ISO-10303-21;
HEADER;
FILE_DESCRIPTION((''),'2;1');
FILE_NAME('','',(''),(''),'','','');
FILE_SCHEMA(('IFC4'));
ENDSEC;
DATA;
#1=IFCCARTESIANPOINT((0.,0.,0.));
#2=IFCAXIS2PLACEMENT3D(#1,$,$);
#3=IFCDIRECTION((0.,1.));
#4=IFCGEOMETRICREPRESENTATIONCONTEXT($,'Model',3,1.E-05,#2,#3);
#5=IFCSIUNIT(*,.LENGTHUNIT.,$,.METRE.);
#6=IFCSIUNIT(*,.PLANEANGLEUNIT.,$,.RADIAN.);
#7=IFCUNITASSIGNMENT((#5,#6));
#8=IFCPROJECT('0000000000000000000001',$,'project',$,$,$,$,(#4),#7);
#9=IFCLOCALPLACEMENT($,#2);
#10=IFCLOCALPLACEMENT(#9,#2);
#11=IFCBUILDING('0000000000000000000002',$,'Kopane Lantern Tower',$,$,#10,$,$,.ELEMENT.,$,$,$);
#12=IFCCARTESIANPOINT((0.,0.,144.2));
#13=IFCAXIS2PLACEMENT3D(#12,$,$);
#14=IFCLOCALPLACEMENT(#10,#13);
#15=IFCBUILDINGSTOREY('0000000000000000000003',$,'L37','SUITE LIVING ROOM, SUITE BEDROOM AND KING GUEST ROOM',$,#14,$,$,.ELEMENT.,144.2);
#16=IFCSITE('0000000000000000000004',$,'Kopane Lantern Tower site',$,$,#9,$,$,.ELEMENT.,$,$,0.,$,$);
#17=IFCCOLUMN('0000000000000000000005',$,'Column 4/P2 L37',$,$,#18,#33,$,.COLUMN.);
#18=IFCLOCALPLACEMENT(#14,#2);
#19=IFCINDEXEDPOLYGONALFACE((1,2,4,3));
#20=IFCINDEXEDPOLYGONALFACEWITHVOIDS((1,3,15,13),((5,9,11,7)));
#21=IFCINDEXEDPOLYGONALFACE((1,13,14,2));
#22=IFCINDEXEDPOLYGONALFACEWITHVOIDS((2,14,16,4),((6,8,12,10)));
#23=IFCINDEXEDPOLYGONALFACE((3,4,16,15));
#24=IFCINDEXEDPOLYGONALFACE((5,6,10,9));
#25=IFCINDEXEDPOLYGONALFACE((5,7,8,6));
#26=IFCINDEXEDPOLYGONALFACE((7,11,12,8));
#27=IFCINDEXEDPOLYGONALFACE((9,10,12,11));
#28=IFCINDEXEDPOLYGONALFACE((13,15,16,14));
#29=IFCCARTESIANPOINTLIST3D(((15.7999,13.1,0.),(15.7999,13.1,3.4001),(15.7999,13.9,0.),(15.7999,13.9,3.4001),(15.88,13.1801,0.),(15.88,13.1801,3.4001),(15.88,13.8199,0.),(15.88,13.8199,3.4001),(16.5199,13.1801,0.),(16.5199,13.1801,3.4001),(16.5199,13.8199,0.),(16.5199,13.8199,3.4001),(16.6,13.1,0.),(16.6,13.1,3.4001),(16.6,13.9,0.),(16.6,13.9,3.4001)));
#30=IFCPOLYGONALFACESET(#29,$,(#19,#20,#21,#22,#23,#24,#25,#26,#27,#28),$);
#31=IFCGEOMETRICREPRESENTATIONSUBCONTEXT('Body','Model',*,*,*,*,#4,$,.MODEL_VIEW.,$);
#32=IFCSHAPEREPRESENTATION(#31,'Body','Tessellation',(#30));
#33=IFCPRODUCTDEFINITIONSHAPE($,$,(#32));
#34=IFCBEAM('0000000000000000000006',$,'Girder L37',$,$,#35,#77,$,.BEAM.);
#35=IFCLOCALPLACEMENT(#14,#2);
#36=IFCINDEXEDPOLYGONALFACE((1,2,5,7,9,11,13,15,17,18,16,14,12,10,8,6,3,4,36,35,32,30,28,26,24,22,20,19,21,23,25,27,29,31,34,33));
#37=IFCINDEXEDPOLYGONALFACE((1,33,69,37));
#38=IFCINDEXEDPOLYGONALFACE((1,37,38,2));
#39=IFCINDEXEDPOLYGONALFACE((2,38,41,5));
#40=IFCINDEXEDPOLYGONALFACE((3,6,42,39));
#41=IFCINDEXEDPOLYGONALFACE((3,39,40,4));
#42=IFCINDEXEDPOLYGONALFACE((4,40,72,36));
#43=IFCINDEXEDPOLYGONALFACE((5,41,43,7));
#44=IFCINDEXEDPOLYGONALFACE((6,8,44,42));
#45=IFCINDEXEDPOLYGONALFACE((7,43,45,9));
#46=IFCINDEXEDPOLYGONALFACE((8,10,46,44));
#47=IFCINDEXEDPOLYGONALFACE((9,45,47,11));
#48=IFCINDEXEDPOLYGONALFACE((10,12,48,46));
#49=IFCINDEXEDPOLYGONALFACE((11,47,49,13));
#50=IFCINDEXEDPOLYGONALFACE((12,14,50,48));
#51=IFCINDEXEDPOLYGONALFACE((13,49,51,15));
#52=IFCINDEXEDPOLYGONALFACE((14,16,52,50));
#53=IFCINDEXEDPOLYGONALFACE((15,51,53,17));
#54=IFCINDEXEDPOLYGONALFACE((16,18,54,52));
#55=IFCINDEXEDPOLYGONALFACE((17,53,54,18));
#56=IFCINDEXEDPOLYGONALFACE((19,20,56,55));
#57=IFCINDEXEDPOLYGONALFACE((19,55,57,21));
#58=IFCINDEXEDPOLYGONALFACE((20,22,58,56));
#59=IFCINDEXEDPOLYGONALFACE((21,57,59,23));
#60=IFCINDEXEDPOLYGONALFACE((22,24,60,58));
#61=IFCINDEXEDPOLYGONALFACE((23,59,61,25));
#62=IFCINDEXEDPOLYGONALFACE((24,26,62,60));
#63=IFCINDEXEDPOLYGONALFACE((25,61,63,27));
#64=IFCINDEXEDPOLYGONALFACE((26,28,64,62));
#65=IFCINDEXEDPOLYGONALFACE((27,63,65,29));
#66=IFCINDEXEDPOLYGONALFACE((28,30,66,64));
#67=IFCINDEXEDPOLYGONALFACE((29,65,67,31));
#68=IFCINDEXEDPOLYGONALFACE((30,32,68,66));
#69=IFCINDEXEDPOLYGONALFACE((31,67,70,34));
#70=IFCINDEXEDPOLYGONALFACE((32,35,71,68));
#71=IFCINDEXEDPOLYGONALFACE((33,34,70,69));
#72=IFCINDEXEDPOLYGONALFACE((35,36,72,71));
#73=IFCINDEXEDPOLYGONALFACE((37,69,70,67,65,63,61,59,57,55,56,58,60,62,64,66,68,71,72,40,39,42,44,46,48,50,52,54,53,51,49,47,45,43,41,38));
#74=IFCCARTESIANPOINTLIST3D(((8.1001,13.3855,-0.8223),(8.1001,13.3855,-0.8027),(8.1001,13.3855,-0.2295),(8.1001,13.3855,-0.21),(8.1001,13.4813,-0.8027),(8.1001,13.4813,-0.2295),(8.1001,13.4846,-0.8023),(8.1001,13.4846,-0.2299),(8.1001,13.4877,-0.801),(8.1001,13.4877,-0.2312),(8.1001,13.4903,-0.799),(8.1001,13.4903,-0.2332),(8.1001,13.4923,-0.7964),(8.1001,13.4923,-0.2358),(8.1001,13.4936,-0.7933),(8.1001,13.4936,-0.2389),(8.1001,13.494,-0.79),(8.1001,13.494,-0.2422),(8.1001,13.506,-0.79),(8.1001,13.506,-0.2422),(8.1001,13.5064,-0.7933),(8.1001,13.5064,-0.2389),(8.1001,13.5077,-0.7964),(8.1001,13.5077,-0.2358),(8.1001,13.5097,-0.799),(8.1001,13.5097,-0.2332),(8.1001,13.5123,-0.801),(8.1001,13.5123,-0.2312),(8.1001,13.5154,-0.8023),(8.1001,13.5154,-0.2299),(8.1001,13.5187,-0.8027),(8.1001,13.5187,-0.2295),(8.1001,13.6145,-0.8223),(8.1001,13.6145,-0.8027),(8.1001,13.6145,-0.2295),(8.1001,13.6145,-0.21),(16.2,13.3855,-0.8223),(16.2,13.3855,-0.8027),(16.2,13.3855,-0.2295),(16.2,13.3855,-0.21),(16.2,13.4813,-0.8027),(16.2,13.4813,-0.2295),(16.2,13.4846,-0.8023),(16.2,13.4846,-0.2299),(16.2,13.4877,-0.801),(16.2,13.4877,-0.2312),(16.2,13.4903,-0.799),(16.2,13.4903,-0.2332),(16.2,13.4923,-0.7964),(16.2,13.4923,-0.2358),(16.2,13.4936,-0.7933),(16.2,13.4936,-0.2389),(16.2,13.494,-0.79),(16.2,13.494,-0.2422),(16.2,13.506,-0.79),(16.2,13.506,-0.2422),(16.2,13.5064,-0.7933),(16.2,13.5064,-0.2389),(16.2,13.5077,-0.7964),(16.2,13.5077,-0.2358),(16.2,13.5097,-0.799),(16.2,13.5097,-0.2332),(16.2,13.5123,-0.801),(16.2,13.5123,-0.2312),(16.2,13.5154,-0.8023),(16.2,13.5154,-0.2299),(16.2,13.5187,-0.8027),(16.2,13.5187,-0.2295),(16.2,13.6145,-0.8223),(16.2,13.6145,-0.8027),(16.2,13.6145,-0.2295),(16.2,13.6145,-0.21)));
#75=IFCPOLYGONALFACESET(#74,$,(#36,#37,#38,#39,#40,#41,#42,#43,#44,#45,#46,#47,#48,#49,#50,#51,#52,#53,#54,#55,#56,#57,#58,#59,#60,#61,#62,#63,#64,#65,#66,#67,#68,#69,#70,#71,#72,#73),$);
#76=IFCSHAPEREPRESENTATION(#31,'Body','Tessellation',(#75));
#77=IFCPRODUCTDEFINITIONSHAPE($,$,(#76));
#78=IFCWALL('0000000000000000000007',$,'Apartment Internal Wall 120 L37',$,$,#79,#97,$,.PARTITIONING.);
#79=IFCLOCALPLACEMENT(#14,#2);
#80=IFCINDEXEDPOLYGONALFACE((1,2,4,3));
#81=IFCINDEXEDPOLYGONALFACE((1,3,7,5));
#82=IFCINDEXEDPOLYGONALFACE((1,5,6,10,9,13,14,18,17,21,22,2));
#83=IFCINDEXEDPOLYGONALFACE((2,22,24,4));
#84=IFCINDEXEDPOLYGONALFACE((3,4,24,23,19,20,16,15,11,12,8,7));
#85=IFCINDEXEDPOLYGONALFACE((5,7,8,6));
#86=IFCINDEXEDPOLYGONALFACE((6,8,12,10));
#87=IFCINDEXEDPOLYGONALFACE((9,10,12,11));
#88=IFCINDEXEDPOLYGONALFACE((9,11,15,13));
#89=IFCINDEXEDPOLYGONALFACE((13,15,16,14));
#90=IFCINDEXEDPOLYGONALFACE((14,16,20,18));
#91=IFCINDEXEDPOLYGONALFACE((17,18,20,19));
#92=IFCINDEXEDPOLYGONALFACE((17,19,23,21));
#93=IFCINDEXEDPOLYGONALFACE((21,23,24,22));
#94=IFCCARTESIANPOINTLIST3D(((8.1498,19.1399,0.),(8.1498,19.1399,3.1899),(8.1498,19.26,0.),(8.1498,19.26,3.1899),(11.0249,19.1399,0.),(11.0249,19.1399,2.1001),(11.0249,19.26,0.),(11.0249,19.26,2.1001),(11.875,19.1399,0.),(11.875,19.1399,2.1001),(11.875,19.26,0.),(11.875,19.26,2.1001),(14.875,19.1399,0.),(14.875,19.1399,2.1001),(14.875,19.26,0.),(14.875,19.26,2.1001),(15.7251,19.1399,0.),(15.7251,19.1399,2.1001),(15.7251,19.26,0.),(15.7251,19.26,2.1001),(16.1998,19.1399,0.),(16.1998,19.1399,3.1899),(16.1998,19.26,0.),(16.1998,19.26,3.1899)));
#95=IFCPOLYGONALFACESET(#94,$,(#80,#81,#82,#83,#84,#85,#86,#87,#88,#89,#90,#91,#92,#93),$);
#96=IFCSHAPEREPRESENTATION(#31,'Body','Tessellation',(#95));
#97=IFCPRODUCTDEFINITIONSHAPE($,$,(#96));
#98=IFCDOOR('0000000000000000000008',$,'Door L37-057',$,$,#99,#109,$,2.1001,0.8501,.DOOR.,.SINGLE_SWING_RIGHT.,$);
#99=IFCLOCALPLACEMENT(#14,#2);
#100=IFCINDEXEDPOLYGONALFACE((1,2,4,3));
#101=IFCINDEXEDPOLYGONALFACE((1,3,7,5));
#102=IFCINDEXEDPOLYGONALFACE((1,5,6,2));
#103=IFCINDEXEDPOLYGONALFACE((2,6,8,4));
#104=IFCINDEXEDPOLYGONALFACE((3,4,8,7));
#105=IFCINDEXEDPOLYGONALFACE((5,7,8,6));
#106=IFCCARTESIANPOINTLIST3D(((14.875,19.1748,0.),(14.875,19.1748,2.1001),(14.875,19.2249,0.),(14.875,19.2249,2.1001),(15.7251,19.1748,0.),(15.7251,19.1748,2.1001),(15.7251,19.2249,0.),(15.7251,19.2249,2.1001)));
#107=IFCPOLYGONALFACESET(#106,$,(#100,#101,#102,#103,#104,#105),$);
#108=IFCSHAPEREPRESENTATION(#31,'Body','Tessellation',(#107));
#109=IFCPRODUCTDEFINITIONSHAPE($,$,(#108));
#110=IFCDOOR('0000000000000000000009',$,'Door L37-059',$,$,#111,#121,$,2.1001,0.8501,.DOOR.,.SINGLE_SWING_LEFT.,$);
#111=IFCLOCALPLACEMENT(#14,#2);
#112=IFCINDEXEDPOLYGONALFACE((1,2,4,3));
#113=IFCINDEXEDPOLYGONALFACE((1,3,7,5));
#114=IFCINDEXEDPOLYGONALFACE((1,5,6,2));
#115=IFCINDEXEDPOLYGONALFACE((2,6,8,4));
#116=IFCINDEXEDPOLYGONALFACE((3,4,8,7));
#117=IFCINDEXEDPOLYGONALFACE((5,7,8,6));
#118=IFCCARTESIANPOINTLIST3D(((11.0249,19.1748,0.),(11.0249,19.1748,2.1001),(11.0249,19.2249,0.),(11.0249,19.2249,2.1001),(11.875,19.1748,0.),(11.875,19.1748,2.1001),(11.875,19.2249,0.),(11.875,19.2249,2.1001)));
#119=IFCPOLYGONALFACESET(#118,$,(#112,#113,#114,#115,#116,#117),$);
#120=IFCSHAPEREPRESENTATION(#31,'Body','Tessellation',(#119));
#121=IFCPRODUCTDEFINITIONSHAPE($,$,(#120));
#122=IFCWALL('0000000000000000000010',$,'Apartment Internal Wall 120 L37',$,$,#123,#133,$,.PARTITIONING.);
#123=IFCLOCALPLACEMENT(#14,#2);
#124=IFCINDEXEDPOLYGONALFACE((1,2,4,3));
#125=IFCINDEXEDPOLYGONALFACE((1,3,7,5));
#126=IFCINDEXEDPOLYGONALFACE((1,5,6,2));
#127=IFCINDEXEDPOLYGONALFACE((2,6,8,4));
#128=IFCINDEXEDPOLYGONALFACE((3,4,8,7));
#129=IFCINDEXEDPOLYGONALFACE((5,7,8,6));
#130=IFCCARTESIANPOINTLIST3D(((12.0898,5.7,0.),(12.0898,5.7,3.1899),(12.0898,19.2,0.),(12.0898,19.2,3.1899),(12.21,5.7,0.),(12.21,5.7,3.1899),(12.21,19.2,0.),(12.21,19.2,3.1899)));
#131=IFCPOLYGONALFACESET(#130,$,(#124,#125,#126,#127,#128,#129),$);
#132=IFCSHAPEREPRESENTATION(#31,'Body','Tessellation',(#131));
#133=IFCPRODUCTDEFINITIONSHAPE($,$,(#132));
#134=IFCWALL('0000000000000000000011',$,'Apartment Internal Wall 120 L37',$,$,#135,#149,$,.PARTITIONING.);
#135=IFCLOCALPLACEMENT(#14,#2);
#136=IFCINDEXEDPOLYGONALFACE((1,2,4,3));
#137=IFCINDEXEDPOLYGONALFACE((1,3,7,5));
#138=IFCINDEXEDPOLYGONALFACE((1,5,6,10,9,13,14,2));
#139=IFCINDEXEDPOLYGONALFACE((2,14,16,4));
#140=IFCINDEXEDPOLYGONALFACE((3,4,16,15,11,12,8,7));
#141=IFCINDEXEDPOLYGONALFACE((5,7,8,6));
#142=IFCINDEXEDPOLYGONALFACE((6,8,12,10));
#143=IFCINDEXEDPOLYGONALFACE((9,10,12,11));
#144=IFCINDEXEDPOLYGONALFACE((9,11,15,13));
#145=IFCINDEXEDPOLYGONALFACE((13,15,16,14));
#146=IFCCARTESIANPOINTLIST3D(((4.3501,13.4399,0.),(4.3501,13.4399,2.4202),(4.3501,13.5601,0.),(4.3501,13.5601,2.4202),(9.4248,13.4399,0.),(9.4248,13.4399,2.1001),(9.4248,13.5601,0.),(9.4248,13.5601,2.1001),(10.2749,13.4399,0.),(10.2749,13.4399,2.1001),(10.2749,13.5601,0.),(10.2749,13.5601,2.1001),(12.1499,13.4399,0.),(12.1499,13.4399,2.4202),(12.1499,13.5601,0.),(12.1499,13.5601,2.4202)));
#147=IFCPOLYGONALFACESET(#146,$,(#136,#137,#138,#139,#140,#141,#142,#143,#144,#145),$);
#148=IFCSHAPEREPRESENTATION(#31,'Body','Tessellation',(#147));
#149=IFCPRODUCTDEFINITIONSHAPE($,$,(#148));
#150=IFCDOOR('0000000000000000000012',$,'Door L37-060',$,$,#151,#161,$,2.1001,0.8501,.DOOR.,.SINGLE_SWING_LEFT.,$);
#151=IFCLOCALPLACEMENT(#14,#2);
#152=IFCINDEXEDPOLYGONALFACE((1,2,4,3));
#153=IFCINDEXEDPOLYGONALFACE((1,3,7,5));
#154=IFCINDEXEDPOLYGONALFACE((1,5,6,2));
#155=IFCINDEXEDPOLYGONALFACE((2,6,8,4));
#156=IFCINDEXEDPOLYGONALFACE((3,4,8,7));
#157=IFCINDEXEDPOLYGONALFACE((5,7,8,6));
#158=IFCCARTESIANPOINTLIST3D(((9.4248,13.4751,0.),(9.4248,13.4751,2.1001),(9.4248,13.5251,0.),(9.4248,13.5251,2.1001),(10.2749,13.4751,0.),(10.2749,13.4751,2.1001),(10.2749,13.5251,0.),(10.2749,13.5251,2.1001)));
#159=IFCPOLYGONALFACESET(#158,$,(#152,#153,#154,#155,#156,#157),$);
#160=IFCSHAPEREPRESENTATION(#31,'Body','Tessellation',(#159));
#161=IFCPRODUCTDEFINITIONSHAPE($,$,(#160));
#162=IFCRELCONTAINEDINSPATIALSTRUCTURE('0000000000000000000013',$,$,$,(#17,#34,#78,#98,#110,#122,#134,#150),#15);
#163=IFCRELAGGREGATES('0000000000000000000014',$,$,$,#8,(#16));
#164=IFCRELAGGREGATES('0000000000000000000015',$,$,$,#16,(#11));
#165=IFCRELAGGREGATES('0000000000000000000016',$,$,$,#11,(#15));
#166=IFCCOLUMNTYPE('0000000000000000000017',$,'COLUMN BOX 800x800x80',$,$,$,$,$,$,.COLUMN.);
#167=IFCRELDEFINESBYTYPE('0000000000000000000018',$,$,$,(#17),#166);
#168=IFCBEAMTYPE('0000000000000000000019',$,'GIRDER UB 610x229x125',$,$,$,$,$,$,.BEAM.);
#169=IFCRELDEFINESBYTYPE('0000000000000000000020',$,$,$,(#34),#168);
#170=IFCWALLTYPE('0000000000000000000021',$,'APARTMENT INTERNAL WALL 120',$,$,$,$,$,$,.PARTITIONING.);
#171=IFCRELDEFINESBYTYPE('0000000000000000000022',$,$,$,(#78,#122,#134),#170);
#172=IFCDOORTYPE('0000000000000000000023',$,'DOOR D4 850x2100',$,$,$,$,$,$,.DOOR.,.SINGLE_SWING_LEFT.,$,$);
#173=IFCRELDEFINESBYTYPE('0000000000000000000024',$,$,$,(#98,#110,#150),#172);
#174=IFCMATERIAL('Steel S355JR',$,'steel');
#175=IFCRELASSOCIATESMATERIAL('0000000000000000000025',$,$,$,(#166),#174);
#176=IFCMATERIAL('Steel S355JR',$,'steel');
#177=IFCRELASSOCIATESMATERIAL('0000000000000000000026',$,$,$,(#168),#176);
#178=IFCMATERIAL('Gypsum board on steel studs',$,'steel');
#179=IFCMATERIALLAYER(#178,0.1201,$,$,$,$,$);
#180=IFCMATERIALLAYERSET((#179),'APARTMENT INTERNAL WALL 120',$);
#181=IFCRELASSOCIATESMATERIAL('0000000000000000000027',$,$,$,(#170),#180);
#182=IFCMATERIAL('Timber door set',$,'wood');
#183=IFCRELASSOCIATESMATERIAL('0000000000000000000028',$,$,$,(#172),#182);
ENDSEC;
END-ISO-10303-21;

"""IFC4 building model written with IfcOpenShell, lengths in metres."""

from ifc_helpers import new_model, si_unit, direction, frame, frame_2d, origin, origin_2d, place, context, subcontext, project, spatial, rectangle, hollow_rectangle, i_section, extrude, material, layer, layer_set, material_profile, profile_set, type_object, element, fill, save


model = new_model("IFC4")

# Units and contexts
model_context = context("Model", 3, precision=1e-05, world=origin(), true_north=direction((0.0, 1.0)))
body_context = subcontext(model_context, "Body", "Model", "MODEL_VIEW")
ifc_project = project(units=[si_unit("LENGTHUNIT", "METRE"), si_unit("PLANEANGLEUNIT", "RADIAN")], contexts=[model_context])

# Site, building, storey
site_placement = place(None, origin())
site = spatial("IfcSite", under=ifc_project, at=site_placement, Name="Kopane Lantern Tower site", CompositionType="ELEMENT", RefElevation=0.0)
building_placement = place(site_placement, origin())
building = spatial("IfcBuilding", under=site, at=building_placement, Name="Kopane Lantern Tower", CompositionType="ELEMENT")
storey_placement = place(building_placement, frame((0.0, 0.0, 144.2)))
storey = spatial("IfcBuildingStorey", under=building, at=storey_placement, Name="L37", Description="SUITE LIVING ROOM, SUITE BEDROOM AND KING GUEST ROOM", CompositionType="ELEMENT", Elevation=144.2)

# Column
ifc_material_1 = material(Name="Steel S355JR", Category="steel")
ifc_material_profile_1 = material_profile(ifc_material_1, hollow_rectangle(XDim=0.8, YDim=0.8, WallThickness=0.0801, at=origin_2d()), Name="BOX 800x800x80")
ifc_profile_set_1 = profile_set([ifc_material_profile_1], Name="Steel S355JR")
column_type = type_object("IfcColumnType", Name="COLUMN BOX 800x800x80", PredefinedType="COLUMN", material=ifc_profile_set_1)
column_placement = place(storey_placement, frame((16.2, 13.5, 0.0), z_axis=(0.0, 0.0, 1.0), x_axis=(1.0, 0.0, 0.0)))
element("IfcColumn", 1, at=column_placement, inside=storey, type_object=column_type, Name="Column 4/P2 L37", PredefinedType="COLUMN", context=body_context, shape_type="SweptSolid", body=[
    extrude(hollow_rectangle(XDim=0.8, YDim=0.8, WallThickness=0.0801, at=origin_2d()), origin(), (0.0, 0.0, 1.0), 3.4001),
])

# Beam
ifc_material_2 = material(Name="Steel S355JR", Category="steel")
ifc_material_profile_2 = material_profile(ifc_material_2, i_section(OverallWidth=0.229, OverallDepth=0.6123, WebThickness=0.012, FlangeThickness=0.0195, FilletRadius=0.0127, at=origin_2d()), Name="UB 610x229x125")
ifc_profile_set_2 = profile_set([ifc_material_profile_2], Name="Steel S355JR")
beam_type = type_object("IfcBeamType", Name="GIRDER UB 610x229x125", PredefinedType="BEAM", material=ifc_profile_set_2)
beam_placement = place(storey_placement, frame((8.1001, 13.5, -0.5161), z_axis=(1.0, 0.0, 0.0), x_axis=(0.0, 1.0, 0.0)))
element("IfcBeam", 2, at=beam_placement, inside=storey, type_object=beam_type, Name="Girder L37", PredefinedType="BEAM", context=body_context, shape_type="SweptSolid", body=[
    extrude(i_section(OverallWidth=0.229, OverallDepth=0.6123, WebThickness=0.012, FlangeThickness=0.0195, FilletRadius=0.0127, at=origin_2d()), origin(), (0.0, 0.0, 1.0), 8.0999),
])

# Wall, openings, doors
ifc_material_3 = material(Name="Gypsum board on steel studs", Category="steel")
ifc_layer = layer(ifc_material_3, 0.1201)
ifc_layer_set = layer_set([ifc_layer], Name="APARTMENT INTERNAL WALL 120")
wall_type = type_object("IfcWallType", Name="APARTMENT INTERNAL WALL 120", PredefinedType="PARTITIONING", material=ifc_layer_set)
wall_1_placement = place(storey_placement, frame((8.1499, 19.2, 0.0), z_axis=(0.0, 0.0, 1.0), x_axis=(1.0, 0.0, 0.0)))
wall_1 = element("IfcWall", 3, at=wall_1_placement, inside=storey, type_object=wall_type, Name="Apartment Internal Wall 120 L37", PredefinedType="PARTITIONING", context=body_context, shape_type="SweptSolid", body=[
    extrude(rectangle(XDim=8.05, YDim=0.1201, at=frame_2d((4.0249, 0.0))), origin(), (0.0, 0.0, 1.0), 3.1899),
])
opening_1_placement = place(wall_1_placement, frame((6.7251, 0.0, 0.0)))
opening_1 = element("IfcOpeningElement", 4, at=opening_1_placement, cuts=wall_1, PredefinedType="OPENING", context=body_context, shape_type="SweptSolid", body=[
    extrude(rectangle(XDim=0.8501, YDim=2.1001, at=frame_2d((0.425, 1.05))), frame((0.0, 0.0701, 0.0), z_axis=(0.0, -1.0, 0.0), x_axis=(1.0, 0.0, 0.0)), (0.0, 0.0, 1.0), 0.1401),
])
opening_2_placement = place(wall_1_placement, frame((2.875, 0.0, 0.0)))
opening_2 = element("IfcOpeningElement", 5, at=opening_2_placement, cuts=wall_1, PredefinedType="OPENING", context=body_context, shape_type="SweptSolid", body=[
    extrude(rectangle(XDim=0.8501, YDim=2.1001, at=frame_2d((0.425, 1.05))), frame((0.0, 0.0701, 0.0), z_axis=(0.0, -1.0, 0.0), x_axis=(1.0, 0.0, 0.0)), (0.0, 0.0, 1.0), 0.1401),
])
ifc_material_4 = material(Name="Timber door set", Category="wood")
door_type = type_object("IfcDoorType", Name="DOOR D4 850x2100", OperationType="SINGLE_SWING_LEFT", PredefinedType="DOOR", material=ifc_material_4)
door_1_placement = place(opening_1_placement, origin())
door_1 = element("IfcDoor", 6, at=door_1_placement, inside=storey, type_object=door_type, Name="Door L37-057", OperationType="SINGLE_SWING_RIGHT", OverallHeight=2.1001, OverallWidth=0.8501, PredefinedType="DOOR", context=body_context, shape_type="SweptSolid", body=[
    extrude(rectangle(XDim=0.8501, YDim=2.1001, at=frame_2d((0.425, 1.05))), frame((0.0, 0.0249, 0.0), z_axis=(0.0, -1.0, 0.0), x_axis=(1.0, 0.0, 0.0)), (0.0, 0.0, 1.0), 0.05),
])
fill(opening_1, door_1)
door_2_placement = place(opening_2_placement, origin())
door_2 = element("IfcDoor", 7, at=door_2_placement, inside=storey, type_object=door_type, Name="Door L37-059", OperationType="SINGLE_SWING_LEFT", OverallHeight=2.1001, OverallWidth=0.8501, PredefinedType="DOOR", context=body_context, shape_type="SweptSolid", body=[
    extrude(rectangle(XDim=0.8501, YDim=2.1001, at=frame_2d((0.425, 1.05))), frame((0.0, 0.0249, 0.0), z_axis=(0.0, -1.0, 0.0), x_axis=(1.0, 0.0, 0.0)), (0.0, 0.0, 1.0), 0.05),
])
fill(opening_2, door_2)

# Wall
wall_2_placement = place(storey_placement, frame((12.1499, 19.2, 0.0), z_axis=(0.0, 0.0, 1.0), x_axis=(0.0, -1.0, 0.0)))
element("IfcWall", 8, at=wall_2_placement, inside=storey, type_object=wall_type, Name="Apartment Internal Wall 120 L37", PredefinedType="PARTITIONING", context=body_context, shape_type="SweptSolid", body=[
    extrude(rectangle(XDim=13.5, YDim=0.1201, at=frame_2d((6.75, 0.0))), origin(), (0.0, 0.0, 1.0), 3.1899),
])

# Wall, opening, door
wall_3_placement = place(storey_placement, frame((12.1499, 13.5, 0.0), z_axis=(0.0, 0.0, 1.0), x_axis=(-1.0, 0.0, 0.0)))
wall_3 = element("IfcWall", 9, at=wall_3_placement, inside=storey, type_object=wall_type, Name="Apartment Internal Wall 120 L37", PredefinedType="PARTITIONING", context=body_context, shape_type="SweptSolid", body=[
    extrude(rectangle(XDim=7.7998, YDim=0.1201, at=frame_2d((3.8999, 0.0))), origin(), (0.0, 0.0, 1.0), 2.4202),
])
opening_3_placement = place(wall_3_placement, frame((1.875, 0.0, 0.0)))
opening_3 = element("IfcOpeningElement", 10, at=opening_3_placement, cuts=wall_3, PredefinedType="OPENING", context=body_context, shape_type="SweptSolid", body=[
    extrude(rectangle(XDim=0.8501, YDim=2.1001, at=frame_2d((0.425, 1.05))), frame((0.0, 0.0701, 0.0), z_axis=(0.0, -1.0, 0.0), x_axis=(1.0, 0.0, 0.0)), (0.0, 0.0, 1.0), 0.1401),
])
door_3_placement = place(opening_3_placement, origin())
door_3 = element("IfcDoor", 11, at=door_3_placement, inside=storey, type_object=door_type, Name="Door L37-060", OperationType="SINGLE_SWING_LEFT", OverallHeight=2.1001, OverallWidth=0.8501, PredefinedType="DOOR", context=body_context, shape_type="SweptSolid", body=[
    extrude(rectangle(XDim=0.8501, YDim=2.1001, at=frame_2d((0.425, 1.05))), frame((0.0, 0.0249, 0.0), z_axis=(0.0, -1.0, 0.0), x_axis=(1.0, 0.0, 0.0)), (0.0, 0.0, 1.0), 0.05),
])
fill(opening_3, door_3)

save(model, "model.ifc")
